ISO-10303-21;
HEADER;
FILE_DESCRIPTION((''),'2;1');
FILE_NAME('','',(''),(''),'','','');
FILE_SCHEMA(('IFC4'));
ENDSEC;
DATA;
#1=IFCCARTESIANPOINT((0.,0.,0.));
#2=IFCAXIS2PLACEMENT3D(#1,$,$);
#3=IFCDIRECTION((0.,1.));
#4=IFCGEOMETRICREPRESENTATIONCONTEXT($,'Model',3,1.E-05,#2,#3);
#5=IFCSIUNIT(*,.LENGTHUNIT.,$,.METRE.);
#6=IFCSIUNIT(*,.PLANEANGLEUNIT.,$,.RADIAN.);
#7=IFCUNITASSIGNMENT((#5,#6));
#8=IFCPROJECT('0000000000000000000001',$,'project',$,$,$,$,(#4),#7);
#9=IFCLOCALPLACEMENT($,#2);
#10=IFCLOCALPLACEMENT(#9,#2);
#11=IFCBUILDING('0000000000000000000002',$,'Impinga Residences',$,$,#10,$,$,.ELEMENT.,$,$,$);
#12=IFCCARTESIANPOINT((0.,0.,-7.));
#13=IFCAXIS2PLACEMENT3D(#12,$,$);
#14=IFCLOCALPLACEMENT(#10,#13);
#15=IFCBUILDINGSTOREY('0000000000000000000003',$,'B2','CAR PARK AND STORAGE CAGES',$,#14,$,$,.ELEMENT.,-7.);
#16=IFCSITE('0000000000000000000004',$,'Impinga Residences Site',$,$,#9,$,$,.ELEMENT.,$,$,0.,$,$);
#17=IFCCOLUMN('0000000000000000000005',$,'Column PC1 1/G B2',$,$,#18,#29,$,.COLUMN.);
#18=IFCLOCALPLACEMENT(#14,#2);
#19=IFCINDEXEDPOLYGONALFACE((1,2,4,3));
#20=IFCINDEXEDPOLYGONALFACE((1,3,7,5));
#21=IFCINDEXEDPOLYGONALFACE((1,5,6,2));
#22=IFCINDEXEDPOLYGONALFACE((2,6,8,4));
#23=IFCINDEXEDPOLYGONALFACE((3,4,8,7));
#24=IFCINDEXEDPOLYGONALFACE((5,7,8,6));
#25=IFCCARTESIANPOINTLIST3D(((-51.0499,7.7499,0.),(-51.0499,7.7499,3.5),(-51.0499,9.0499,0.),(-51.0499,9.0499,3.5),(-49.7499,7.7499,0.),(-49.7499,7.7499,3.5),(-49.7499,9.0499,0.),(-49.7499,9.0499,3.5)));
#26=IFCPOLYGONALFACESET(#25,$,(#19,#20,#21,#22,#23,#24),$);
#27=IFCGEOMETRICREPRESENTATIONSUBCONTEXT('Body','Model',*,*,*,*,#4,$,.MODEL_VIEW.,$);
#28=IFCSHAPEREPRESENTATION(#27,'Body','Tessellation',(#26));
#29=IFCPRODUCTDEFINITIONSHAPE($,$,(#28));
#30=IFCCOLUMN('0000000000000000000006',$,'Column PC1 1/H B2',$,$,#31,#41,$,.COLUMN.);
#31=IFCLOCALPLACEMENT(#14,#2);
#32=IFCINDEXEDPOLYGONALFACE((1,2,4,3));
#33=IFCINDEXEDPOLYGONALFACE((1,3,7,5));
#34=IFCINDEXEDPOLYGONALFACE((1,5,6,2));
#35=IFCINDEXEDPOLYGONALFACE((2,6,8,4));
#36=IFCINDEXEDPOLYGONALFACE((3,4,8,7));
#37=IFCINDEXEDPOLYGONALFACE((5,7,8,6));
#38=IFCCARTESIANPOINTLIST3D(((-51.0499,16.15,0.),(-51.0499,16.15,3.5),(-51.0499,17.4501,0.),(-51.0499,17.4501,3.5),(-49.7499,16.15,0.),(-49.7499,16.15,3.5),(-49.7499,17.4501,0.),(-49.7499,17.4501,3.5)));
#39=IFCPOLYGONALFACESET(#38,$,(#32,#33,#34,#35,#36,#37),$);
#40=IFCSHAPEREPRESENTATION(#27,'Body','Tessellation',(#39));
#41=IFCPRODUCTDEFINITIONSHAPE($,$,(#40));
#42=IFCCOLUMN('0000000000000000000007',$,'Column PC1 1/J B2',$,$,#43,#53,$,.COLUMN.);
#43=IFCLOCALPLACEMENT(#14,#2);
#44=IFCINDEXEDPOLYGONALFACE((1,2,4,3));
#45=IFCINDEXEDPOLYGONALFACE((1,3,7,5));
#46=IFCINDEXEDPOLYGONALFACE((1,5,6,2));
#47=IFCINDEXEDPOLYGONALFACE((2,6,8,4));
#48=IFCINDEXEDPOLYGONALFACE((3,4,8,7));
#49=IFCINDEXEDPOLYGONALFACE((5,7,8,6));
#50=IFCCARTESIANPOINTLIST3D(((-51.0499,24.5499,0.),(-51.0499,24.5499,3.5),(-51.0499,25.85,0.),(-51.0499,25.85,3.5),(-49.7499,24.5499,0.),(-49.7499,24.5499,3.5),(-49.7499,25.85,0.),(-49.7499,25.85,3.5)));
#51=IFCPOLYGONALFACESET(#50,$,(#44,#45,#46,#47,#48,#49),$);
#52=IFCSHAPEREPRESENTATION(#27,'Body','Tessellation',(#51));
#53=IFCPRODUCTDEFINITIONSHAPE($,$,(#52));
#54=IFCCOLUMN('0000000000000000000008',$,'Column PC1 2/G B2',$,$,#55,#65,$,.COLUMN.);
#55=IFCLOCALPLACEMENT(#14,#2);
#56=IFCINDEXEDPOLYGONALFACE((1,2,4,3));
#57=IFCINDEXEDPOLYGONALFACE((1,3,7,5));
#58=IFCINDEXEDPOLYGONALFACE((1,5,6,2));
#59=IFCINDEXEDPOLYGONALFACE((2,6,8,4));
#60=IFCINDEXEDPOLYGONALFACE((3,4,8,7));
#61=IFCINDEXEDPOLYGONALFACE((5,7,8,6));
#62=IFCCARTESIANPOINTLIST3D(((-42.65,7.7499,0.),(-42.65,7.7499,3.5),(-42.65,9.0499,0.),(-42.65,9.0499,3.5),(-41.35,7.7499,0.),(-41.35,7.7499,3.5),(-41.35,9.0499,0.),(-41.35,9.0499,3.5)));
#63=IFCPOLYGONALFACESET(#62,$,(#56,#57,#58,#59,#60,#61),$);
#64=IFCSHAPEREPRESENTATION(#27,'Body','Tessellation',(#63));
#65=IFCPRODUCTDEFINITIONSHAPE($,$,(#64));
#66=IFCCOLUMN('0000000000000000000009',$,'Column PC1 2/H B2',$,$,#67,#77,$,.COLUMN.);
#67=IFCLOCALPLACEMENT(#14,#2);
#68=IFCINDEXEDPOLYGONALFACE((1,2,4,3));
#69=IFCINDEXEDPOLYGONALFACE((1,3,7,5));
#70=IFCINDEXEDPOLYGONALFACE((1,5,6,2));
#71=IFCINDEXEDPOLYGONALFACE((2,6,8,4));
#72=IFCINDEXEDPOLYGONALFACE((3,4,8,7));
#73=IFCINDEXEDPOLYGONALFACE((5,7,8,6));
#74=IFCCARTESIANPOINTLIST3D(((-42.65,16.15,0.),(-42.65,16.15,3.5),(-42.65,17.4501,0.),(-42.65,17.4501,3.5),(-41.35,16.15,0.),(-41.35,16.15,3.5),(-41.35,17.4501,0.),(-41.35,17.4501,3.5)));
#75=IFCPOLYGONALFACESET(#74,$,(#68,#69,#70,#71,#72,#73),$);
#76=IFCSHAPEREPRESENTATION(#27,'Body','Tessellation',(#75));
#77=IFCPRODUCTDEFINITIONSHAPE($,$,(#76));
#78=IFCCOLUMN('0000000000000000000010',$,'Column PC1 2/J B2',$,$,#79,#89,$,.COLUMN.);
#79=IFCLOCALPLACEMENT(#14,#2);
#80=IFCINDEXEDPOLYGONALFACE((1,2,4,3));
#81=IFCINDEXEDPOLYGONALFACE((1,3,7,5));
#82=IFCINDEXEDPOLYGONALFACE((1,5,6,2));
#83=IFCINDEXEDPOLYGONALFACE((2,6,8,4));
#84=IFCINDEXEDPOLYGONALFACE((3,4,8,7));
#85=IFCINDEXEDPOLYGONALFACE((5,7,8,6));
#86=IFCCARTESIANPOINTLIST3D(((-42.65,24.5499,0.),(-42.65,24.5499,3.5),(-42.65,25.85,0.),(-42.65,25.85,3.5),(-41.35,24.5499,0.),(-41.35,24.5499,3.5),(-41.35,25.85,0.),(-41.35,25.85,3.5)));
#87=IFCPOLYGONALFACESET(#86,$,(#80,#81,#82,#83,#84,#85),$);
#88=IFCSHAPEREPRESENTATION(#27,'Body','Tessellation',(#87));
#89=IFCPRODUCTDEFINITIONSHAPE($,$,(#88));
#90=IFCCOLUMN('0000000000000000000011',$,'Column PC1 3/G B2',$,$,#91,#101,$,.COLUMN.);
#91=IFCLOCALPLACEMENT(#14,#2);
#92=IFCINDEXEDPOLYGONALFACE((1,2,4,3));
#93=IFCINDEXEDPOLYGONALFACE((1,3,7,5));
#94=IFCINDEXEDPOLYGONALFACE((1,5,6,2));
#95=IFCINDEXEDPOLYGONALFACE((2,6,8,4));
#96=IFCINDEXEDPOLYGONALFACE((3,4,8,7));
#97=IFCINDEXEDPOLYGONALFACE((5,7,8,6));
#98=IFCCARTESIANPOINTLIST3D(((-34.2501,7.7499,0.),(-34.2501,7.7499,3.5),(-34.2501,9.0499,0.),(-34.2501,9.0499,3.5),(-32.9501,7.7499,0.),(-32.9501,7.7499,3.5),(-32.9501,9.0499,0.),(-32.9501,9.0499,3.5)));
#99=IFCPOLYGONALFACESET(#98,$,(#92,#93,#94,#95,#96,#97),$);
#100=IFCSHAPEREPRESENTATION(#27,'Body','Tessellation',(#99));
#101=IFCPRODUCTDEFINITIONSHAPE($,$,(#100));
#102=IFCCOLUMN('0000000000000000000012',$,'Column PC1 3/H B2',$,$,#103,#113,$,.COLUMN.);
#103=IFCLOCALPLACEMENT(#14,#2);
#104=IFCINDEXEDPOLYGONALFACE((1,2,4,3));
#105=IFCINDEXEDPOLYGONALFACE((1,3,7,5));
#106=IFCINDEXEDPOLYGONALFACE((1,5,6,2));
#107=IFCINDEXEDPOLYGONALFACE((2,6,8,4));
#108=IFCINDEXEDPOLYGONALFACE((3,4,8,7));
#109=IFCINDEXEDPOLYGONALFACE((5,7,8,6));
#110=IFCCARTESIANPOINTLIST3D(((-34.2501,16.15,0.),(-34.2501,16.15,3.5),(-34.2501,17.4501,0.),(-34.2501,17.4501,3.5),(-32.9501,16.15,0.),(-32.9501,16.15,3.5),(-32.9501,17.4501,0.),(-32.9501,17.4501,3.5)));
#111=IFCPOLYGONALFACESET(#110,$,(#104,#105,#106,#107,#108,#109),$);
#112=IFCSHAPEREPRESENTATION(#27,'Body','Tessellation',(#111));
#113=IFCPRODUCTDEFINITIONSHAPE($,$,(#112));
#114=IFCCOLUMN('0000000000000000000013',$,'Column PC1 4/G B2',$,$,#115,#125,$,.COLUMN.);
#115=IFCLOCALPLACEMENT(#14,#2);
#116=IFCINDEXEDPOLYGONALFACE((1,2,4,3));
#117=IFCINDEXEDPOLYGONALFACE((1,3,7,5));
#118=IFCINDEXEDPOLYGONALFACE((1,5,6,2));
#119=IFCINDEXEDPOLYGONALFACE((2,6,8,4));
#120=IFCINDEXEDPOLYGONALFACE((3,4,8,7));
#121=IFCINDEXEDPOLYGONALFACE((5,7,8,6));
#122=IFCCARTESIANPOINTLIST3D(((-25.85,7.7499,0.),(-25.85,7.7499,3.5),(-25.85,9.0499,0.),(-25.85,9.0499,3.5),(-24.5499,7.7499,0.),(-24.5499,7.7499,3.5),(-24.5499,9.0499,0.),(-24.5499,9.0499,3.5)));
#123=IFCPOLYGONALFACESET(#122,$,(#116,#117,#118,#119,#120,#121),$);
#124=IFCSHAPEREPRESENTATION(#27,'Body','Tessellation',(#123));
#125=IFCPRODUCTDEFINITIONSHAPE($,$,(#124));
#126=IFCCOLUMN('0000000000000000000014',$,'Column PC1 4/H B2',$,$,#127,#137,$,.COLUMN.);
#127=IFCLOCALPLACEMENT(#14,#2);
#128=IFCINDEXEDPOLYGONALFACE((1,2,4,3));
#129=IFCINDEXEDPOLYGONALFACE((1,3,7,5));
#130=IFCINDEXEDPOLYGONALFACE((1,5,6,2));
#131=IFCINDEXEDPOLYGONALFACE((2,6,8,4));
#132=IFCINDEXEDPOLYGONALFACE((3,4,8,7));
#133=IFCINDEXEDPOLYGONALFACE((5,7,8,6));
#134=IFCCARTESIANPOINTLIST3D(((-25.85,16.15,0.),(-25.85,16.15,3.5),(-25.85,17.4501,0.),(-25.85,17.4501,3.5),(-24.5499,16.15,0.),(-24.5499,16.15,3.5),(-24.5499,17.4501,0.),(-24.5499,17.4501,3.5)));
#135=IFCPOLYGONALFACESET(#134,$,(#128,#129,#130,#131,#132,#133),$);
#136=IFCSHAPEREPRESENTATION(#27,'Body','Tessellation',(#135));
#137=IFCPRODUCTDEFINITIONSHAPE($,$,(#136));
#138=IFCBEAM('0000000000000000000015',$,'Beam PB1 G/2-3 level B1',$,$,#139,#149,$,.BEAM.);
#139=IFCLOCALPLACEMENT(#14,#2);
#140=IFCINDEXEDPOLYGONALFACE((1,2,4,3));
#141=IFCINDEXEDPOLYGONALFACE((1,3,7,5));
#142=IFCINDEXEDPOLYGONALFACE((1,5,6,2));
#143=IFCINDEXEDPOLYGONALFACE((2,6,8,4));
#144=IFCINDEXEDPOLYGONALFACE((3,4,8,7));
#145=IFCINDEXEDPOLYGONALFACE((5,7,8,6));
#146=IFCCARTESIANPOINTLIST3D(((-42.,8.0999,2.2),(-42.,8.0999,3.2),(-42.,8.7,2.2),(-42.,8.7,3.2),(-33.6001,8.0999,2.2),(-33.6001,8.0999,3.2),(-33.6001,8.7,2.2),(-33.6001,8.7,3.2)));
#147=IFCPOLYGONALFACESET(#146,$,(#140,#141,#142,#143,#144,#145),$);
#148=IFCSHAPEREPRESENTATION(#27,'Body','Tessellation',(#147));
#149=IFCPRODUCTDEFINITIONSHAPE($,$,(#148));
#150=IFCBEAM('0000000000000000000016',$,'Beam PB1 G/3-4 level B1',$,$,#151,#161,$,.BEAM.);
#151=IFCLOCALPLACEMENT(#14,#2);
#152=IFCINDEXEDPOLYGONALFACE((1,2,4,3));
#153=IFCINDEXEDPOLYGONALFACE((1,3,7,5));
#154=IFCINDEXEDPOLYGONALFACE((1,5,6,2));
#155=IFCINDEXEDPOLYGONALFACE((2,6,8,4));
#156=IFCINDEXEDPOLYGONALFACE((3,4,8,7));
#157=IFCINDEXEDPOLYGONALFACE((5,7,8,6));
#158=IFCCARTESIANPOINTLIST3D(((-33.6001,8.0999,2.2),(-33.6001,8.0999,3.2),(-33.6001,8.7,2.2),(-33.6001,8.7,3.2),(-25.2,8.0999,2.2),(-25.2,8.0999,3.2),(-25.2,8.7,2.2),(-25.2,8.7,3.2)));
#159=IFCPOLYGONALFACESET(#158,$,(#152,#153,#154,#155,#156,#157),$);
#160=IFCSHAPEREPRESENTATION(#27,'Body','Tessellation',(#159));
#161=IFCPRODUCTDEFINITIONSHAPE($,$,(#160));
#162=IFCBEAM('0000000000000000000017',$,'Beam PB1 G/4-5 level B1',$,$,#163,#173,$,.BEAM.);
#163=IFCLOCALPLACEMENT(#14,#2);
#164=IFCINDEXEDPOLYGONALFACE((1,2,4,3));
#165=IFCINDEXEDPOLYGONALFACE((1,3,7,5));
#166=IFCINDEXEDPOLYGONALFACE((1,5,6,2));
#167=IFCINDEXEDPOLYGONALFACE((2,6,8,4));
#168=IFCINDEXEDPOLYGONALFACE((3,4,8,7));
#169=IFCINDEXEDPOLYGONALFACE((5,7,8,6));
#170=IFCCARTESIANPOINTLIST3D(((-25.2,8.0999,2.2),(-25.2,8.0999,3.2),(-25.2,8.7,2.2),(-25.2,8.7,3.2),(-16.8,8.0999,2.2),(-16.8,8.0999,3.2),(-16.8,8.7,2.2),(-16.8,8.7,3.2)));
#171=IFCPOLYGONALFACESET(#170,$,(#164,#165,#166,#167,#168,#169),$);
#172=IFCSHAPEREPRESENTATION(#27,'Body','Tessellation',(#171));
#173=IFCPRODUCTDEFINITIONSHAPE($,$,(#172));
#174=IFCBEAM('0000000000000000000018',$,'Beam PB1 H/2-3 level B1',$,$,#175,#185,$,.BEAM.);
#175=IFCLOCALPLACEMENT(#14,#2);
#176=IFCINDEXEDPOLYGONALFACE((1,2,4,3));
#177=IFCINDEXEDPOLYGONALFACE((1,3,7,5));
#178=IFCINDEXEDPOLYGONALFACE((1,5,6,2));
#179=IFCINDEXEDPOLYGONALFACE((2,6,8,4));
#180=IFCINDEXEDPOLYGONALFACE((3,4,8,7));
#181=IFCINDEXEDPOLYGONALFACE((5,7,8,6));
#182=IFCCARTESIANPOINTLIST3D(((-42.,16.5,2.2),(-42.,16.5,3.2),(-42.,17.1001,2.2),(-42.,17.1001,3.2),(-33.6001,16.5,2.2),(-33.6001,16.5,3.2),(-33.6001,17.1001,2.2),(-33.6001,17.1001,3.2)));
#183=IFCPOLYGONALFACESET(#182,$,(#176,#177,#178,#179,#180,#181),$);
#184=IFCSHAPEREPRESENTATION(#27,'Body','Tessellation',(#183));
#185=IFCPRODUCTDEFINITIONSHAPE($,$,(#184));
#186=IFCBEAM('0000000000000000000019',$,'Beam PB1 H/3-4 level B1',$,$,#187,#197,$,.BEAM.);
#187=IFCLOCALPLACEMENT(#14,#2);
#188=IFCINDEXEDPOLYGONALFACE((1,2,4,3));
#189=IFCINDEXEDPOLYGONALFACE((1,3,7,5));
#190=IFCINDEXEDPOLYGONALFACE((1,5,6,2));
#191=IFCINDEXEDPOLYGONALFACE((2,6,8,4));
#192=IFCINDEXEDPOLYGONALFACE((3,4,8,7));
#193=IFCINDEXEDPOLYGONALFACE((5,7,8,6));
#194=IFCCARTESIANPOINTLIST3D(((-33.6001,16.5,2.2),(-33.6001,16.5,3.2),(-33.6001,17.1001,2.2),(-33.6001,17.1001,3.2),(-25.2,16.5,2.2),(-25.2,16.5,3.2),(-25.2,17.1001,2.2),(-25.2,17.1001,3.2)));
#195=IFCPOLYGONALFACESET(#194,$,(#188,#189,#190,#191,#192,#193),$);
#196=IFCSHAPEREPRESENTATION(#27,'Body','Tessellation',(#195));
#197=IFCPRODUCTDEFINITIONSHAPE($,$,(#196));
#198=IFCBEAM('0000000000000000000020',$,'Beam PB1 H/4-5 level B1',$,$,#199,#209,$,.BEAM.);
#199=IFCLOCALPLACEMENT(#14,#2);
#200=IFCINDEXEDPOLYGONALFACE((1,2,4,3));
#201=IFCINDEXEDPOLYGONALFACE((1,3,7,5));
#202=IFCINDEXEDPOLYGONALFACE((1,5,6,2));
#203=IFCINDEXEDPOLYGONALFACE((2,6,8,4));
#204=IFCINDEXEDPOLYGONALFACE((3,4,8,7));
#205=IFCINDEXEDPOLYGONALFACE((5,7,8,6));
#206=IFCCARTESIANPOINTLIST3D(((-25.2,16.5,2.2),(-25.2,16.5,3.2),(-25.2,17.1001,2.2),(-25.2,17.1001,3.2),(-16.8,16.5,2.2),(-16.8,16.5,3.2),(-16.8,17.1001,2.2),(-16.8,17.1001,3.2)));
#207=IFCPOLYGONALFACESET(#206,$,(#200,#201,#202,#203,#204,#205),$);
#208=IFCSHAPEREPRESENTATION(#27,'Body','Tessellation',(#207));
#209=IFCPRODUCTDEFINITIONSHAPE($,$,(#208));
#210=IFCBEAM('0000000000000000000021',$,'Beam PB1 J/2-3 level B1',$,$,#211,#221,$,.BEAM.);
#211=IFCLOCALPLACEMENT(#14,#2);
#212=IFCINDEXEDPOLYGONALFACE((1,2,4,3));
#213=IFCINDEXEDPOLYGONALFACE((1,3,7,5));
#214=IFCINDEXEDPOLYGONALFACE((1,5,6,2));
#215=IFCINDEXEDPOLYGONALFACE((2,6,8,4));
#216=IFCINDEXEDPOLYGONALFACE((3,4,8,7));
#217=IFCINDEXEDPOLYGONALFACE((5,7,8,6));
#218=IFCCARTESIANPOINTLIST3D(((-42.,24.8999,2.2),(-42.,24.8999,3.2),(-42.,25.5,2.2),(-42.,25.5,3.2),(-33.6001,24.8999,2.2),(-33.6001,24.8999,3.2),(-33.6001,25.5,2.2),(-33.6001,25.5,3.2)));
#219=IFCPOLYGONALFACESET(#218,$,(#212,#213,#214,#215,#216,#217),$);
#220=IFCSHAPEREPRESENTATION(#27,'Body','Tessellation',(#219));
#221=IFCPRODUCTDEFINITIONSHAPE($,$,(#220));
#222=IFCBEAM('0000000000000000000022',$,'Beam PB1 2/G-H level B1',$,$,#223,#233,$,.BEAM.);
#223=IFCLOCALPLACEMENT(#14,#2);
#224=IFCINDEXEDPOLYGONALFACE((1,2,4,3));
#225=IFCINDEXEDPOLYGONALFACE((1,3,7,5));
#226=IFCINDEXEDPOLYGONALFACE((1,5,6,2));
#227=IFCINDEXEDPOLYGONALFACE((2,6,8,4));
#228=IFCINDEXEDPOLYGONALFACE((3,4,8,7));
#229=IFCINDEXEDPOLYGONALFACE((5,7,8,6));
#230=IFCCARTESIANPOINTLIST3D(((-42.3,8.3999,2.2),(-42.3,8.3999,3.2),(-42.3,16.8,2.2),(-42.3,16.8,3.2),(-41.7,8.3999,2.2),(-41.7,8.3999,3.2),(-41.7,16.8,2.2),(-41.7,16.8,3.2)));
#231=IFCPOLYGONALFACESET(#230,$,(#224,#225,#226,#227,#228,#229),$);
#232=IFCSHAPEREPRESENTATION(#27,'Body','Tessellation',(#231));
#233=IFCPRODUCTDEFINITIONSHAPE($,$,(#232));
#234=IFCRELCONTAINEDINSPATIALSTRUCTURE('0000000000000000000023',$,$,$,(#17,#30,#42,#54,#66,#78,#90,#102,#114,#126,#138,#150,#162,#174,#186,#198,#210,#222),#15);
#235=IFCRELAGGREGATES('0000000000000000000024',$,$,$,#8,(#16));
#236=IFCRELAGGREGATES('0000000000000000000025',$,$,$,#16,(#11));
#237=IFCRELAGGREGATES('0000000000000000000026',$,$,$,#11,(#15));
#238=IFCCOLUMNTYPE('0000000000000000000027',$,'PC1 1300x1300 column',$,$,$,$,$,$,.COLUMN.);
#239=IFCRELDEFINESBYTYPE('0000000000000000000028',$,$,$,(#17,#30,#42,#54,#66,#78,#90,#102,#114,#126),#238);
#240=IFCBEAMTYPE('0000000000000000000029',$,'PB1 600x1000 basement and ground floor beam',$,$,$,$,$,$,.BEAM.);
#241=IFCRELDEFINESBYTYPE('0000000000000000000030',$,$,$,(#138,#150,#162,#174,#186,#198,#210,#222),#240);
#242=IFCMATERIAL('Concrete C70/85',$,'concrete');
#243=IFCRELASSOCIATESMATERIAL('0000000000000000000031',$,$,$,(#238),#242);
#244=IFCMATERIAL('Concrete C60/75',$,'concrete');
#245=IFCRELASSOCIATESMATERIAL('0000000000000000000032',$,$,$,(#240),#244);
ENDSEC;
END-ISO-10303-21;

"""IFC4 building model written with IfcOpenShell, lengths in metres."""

from ifc_helpers import new_model, si_unit, direction, frame, origin, origin_2d, place, context, subcontext, project, spatial, rectangle, extrude, material, material_profile, profile_set, type_object, element, save


model = new_model("IFC4")

# Units and contexts
model_context = context("Model", 3, precision=1e-05, world=origin(), true_north=direction((0.0, 1.0)))
body_context = subcontext(model_context, "Body", "Model", "MODEL_VIEW")
ifc_project = project(units=[si_unit("LENGTHUNIT", "METRE"), si_unit("PLANEANGLEUNIT", "RADIAN")], contexts=[model_context])

# Site, building, storey
site_placement = place(None, origin())
site = spatial("IfcSite", under=ifc_project, at=site_placement, Name="Impinga Residences Site", CompositionType="ELEMENT", RefElevation=0.0)
building_placement = place(site_placement, origin())
building = spatial("IfcBuilding", under=site, at=building_placement, Name="Impinga Residences", CompositionType="ELEMENT")
storey_placement = place(building_placement, frame((0.0, 0.0, -7.0)))
storey = spatial("IfcBuildingStorey", under=building, at=storey_placement, Name="B2", Description="CAR PARK AND STORAGE CAGES", CompositionType="ELEMENT", Elevation=-7.0)

# Columns
ifc_material_1 = material(Name="Concrete C70/85", Category="concrete")
ifc_material_profile_1 = material_profile(ifc_material_1, rectangle(XDim=1.3, YDim=1.3, at=origin_2d()), Name="RC 1300x1300")
ifc_profile_set_1 = profile_set([ifc_material_profile_1], Name="Concrete C70/85")
column_type = type_object("IfcColumnType", Name="PC1 1300x1300 column", PredefinedType="COLUMN", material=ifc_profile_set_1)
for number, where, z_axis, x_axis, name in (
    (1, (-50.3999, 8.3999, 0.0), (0.0, 0.0, 1.0), (1.0, 0.0, 0.0), "Column PC1 1/G B2"),
    (2, (-50.3999, 16.8, 0.0), (0.0, 0.0, 1.0), (1.0, 0.0, 0.0), "Column PC1 1/H B2"),
    (3, (-50.3999, 25.2, 0.0), (0.0, 0.0, 1.0), (1.0, 0.0, 0.0), "Column PC1 1/J B2"),
    (4, (-42.0, 8.3999, 0.0), (0.0, 0.0, 1.0), (1.0, 0.0, 0.0), "Column PC1 2/G B2"),
    (5, (-42.0, 16.8, 0.0), (0.0, 0.0, 1.0), (1.0, 0.0, 0.0), "Column PC1 2/H B2"),
    (6, (-42.0, 25.2, 0.0), (0.0, 0.0, 1.0), (1.0, 0.0, 0.0), "Column PC1 2/J B2"),
    (7, (-33.6001, 8.3999, 0.0), (0.0, 0.0, 1.0), (1.0, 0.0, 0.0), "Column PC1 3/G B2"),
    (8, (-33.6001, 16.8, 0.0), (0.0, 0.0, 1.0), (1.0, 0.0, 0.0), "Column PC1 3/H B2"),
    (9, (-25.2, 8.3999, 0.0), (0.0, 0.0, 1.0), (1.0, 0.0, 0.0), "Column PC1 4/G B2"),
    (10, (-25.2, 16.8, 0.0), (0.0, 0.0, 1.0), (1.0, 0.0, 0.0), "Column PC1 4/H B2"),
):
    element("IfcColumn", number, at=place(storey_placement, frame(where, z_axis=z_axis, x_axis=x_axis)), inside=storey, type_object=column_type, Name=name, PredefinedType="COLUMN", context=body_context, shape_type="SweptSolid", body=[
        extrude(rectangle(XDim=1.3, YDim=1.3, at=origin_2d()), origin(), (0.0, 0.0, 1.0), 3.5),
    ])

# Beams
ifc_material_2 = material(Name="Concrete C60/75", Category="concrete")
ifc_material_profile_2 = material_profile(ifc_material_2, rectangle(XDim=0.6001, YDim=1.0, at=origin_2d()), Name="RC 600x1000")
ifc_profile_set_2 = profile_set([ifc_material_profile_2], Name="Concrete C60/75")
beam_type = type_object("IfcBeamType", Name="PB1 600x1000 basement and ground floor beam", PredefinedType="BEAM", material=ifc_profile_set_2)
beam_1_placement = place(storey_placement, frame((-42.0, 8.3999, 2.7), z_axis=(1.0, 0.0, 0.0), x_axis=(0.0, 1.0, 0.0)))
element("IfcBeam", 11, at=beam_1_placement, inside=storey, type_object=beam_type, Name="Beam PB1 G/2-3 level B1", PredefinedType="BEAM", context=body_context, shape_type="SweptSolid", body=[
    extrude(rectangle(XDim=0.6001, YDim=1.0, at=origin_2d()), origin(), (0.0, 0.0, 1.0), 8.3999),
])
beam_2_placement = place(storey_placement, frame((-33.6001, 8.3999, 2.7), z_axis=(1.0, 0.0, 0.0), x_axis=(0.0, 1.0, 0.0)))
element("IfcBeam", 12, at=beam_2_placement, inside=storey, type_object=beam_type, Name="Beam PB1 G/3-4 level B1", PredefinedType="BEAM", context=body_context, shape_type="SweptSolid", body=[
    extrude(rectangle(XDim=0.6001, YDim=1.0, at=origin_2d()), origin(), (0.0, 0.0, 1.0), 8.4001),
])
for number, where, z_axis, x_axis, name in (
    (13, (-25.2, 8.3999, 2.7), (1.0, 0.0, 0.0), (0.0, 1.0, 0.0), "Beam PB1 G/4-5 level B1"),
    (14, (-42.0, 16.8, 2.7), (1.0, 0.0, 0.0), (0.0, 1.0, 0.0), "Beam PB1 H/2-3 level B1"),
):
    element("IfcBeam", number, at=place(storey_placement, frame(where, z_axis=z_axis, x_axis=x_axis)), inside=storey, type_object=beam_type, Name=name, PredefinedType="BEAM", context=body_context, shape_type="SweptSolid", body=[
        extrude(rectangle(XDim=0.6001, YDim=1.0, at=origin_2d()), origin(), (0.0, 0.0, 1.0), 8.3999),
    ])
beam_3_placement = place(storey_placement, frame((-33.6001, 16.8, 2.7), z_axis=(1.0, 0.0, 0.0), x_axis=(0.0, 1.0, 0.0)))
element("IfcBeam", 15, at=beam_3_placement, inside=storey, type_object=beam_type, Name="Beam PB1 H/3-4 level B1", PredefinedType="BEAM", context=body_context, shape_type="SweptSolid", body=[
    extrude(rectangle(XDim=0.6001, YDim=1.0, at=origin_2d()), origin(), (0.0, 0.0, 1.0), 8.4001),
])
for number, where, z_axis, x_axis, name in (
    (16, (-25.2, 16.8, 2.7), (1.0, 0.0, 0.0), (0.0, 1.0, 0.0), "Beam PB1 H/4-5 level B1"),
    (17, (-42.0, 25.2, 2.7), (1.0, 0.0, 0.0), (0.0, 1.0, 0.0), "Beam PB1 J/2-3 level B1"),
):
    element("IfcBeam", number, at=place(storey_placement, frame(where, z_axis=z_axis, x_axis=x_axis)), inside=storey, type_object=beam_type, Name=name, PredefinedType="BEAM", context=body_context, shape_type="SweptSolid", body=[
        extrude(rectangle(XDim=0.6001, YDim=1.0, at=origin_2d()), origin(), (0.0, 0.0, 1.0), 8.3999),
    ])
beam_4_placement = place(storey_placement, frame((-42.0, 8.3999, 2.7), z_axis=(0.0, 1.0, 0.0), x_axis=(-1.0, 0.0, 0.0)))
element("IfcBeam", 18, at=beam_4_placement, inside=storey, type_object=beam_type, Name="Beam PB1 2/G-H level B1", PredefinedType="BEAM", context=body_context, shape_type="SweptSolid", body=[
    extrude(rectangle(XDim=0.6001, YDim=1.0, at=origin_2d()), origin(), (0.0, 0.0, 1.0), 8.4001),
])

save(model, "model.ifc")
